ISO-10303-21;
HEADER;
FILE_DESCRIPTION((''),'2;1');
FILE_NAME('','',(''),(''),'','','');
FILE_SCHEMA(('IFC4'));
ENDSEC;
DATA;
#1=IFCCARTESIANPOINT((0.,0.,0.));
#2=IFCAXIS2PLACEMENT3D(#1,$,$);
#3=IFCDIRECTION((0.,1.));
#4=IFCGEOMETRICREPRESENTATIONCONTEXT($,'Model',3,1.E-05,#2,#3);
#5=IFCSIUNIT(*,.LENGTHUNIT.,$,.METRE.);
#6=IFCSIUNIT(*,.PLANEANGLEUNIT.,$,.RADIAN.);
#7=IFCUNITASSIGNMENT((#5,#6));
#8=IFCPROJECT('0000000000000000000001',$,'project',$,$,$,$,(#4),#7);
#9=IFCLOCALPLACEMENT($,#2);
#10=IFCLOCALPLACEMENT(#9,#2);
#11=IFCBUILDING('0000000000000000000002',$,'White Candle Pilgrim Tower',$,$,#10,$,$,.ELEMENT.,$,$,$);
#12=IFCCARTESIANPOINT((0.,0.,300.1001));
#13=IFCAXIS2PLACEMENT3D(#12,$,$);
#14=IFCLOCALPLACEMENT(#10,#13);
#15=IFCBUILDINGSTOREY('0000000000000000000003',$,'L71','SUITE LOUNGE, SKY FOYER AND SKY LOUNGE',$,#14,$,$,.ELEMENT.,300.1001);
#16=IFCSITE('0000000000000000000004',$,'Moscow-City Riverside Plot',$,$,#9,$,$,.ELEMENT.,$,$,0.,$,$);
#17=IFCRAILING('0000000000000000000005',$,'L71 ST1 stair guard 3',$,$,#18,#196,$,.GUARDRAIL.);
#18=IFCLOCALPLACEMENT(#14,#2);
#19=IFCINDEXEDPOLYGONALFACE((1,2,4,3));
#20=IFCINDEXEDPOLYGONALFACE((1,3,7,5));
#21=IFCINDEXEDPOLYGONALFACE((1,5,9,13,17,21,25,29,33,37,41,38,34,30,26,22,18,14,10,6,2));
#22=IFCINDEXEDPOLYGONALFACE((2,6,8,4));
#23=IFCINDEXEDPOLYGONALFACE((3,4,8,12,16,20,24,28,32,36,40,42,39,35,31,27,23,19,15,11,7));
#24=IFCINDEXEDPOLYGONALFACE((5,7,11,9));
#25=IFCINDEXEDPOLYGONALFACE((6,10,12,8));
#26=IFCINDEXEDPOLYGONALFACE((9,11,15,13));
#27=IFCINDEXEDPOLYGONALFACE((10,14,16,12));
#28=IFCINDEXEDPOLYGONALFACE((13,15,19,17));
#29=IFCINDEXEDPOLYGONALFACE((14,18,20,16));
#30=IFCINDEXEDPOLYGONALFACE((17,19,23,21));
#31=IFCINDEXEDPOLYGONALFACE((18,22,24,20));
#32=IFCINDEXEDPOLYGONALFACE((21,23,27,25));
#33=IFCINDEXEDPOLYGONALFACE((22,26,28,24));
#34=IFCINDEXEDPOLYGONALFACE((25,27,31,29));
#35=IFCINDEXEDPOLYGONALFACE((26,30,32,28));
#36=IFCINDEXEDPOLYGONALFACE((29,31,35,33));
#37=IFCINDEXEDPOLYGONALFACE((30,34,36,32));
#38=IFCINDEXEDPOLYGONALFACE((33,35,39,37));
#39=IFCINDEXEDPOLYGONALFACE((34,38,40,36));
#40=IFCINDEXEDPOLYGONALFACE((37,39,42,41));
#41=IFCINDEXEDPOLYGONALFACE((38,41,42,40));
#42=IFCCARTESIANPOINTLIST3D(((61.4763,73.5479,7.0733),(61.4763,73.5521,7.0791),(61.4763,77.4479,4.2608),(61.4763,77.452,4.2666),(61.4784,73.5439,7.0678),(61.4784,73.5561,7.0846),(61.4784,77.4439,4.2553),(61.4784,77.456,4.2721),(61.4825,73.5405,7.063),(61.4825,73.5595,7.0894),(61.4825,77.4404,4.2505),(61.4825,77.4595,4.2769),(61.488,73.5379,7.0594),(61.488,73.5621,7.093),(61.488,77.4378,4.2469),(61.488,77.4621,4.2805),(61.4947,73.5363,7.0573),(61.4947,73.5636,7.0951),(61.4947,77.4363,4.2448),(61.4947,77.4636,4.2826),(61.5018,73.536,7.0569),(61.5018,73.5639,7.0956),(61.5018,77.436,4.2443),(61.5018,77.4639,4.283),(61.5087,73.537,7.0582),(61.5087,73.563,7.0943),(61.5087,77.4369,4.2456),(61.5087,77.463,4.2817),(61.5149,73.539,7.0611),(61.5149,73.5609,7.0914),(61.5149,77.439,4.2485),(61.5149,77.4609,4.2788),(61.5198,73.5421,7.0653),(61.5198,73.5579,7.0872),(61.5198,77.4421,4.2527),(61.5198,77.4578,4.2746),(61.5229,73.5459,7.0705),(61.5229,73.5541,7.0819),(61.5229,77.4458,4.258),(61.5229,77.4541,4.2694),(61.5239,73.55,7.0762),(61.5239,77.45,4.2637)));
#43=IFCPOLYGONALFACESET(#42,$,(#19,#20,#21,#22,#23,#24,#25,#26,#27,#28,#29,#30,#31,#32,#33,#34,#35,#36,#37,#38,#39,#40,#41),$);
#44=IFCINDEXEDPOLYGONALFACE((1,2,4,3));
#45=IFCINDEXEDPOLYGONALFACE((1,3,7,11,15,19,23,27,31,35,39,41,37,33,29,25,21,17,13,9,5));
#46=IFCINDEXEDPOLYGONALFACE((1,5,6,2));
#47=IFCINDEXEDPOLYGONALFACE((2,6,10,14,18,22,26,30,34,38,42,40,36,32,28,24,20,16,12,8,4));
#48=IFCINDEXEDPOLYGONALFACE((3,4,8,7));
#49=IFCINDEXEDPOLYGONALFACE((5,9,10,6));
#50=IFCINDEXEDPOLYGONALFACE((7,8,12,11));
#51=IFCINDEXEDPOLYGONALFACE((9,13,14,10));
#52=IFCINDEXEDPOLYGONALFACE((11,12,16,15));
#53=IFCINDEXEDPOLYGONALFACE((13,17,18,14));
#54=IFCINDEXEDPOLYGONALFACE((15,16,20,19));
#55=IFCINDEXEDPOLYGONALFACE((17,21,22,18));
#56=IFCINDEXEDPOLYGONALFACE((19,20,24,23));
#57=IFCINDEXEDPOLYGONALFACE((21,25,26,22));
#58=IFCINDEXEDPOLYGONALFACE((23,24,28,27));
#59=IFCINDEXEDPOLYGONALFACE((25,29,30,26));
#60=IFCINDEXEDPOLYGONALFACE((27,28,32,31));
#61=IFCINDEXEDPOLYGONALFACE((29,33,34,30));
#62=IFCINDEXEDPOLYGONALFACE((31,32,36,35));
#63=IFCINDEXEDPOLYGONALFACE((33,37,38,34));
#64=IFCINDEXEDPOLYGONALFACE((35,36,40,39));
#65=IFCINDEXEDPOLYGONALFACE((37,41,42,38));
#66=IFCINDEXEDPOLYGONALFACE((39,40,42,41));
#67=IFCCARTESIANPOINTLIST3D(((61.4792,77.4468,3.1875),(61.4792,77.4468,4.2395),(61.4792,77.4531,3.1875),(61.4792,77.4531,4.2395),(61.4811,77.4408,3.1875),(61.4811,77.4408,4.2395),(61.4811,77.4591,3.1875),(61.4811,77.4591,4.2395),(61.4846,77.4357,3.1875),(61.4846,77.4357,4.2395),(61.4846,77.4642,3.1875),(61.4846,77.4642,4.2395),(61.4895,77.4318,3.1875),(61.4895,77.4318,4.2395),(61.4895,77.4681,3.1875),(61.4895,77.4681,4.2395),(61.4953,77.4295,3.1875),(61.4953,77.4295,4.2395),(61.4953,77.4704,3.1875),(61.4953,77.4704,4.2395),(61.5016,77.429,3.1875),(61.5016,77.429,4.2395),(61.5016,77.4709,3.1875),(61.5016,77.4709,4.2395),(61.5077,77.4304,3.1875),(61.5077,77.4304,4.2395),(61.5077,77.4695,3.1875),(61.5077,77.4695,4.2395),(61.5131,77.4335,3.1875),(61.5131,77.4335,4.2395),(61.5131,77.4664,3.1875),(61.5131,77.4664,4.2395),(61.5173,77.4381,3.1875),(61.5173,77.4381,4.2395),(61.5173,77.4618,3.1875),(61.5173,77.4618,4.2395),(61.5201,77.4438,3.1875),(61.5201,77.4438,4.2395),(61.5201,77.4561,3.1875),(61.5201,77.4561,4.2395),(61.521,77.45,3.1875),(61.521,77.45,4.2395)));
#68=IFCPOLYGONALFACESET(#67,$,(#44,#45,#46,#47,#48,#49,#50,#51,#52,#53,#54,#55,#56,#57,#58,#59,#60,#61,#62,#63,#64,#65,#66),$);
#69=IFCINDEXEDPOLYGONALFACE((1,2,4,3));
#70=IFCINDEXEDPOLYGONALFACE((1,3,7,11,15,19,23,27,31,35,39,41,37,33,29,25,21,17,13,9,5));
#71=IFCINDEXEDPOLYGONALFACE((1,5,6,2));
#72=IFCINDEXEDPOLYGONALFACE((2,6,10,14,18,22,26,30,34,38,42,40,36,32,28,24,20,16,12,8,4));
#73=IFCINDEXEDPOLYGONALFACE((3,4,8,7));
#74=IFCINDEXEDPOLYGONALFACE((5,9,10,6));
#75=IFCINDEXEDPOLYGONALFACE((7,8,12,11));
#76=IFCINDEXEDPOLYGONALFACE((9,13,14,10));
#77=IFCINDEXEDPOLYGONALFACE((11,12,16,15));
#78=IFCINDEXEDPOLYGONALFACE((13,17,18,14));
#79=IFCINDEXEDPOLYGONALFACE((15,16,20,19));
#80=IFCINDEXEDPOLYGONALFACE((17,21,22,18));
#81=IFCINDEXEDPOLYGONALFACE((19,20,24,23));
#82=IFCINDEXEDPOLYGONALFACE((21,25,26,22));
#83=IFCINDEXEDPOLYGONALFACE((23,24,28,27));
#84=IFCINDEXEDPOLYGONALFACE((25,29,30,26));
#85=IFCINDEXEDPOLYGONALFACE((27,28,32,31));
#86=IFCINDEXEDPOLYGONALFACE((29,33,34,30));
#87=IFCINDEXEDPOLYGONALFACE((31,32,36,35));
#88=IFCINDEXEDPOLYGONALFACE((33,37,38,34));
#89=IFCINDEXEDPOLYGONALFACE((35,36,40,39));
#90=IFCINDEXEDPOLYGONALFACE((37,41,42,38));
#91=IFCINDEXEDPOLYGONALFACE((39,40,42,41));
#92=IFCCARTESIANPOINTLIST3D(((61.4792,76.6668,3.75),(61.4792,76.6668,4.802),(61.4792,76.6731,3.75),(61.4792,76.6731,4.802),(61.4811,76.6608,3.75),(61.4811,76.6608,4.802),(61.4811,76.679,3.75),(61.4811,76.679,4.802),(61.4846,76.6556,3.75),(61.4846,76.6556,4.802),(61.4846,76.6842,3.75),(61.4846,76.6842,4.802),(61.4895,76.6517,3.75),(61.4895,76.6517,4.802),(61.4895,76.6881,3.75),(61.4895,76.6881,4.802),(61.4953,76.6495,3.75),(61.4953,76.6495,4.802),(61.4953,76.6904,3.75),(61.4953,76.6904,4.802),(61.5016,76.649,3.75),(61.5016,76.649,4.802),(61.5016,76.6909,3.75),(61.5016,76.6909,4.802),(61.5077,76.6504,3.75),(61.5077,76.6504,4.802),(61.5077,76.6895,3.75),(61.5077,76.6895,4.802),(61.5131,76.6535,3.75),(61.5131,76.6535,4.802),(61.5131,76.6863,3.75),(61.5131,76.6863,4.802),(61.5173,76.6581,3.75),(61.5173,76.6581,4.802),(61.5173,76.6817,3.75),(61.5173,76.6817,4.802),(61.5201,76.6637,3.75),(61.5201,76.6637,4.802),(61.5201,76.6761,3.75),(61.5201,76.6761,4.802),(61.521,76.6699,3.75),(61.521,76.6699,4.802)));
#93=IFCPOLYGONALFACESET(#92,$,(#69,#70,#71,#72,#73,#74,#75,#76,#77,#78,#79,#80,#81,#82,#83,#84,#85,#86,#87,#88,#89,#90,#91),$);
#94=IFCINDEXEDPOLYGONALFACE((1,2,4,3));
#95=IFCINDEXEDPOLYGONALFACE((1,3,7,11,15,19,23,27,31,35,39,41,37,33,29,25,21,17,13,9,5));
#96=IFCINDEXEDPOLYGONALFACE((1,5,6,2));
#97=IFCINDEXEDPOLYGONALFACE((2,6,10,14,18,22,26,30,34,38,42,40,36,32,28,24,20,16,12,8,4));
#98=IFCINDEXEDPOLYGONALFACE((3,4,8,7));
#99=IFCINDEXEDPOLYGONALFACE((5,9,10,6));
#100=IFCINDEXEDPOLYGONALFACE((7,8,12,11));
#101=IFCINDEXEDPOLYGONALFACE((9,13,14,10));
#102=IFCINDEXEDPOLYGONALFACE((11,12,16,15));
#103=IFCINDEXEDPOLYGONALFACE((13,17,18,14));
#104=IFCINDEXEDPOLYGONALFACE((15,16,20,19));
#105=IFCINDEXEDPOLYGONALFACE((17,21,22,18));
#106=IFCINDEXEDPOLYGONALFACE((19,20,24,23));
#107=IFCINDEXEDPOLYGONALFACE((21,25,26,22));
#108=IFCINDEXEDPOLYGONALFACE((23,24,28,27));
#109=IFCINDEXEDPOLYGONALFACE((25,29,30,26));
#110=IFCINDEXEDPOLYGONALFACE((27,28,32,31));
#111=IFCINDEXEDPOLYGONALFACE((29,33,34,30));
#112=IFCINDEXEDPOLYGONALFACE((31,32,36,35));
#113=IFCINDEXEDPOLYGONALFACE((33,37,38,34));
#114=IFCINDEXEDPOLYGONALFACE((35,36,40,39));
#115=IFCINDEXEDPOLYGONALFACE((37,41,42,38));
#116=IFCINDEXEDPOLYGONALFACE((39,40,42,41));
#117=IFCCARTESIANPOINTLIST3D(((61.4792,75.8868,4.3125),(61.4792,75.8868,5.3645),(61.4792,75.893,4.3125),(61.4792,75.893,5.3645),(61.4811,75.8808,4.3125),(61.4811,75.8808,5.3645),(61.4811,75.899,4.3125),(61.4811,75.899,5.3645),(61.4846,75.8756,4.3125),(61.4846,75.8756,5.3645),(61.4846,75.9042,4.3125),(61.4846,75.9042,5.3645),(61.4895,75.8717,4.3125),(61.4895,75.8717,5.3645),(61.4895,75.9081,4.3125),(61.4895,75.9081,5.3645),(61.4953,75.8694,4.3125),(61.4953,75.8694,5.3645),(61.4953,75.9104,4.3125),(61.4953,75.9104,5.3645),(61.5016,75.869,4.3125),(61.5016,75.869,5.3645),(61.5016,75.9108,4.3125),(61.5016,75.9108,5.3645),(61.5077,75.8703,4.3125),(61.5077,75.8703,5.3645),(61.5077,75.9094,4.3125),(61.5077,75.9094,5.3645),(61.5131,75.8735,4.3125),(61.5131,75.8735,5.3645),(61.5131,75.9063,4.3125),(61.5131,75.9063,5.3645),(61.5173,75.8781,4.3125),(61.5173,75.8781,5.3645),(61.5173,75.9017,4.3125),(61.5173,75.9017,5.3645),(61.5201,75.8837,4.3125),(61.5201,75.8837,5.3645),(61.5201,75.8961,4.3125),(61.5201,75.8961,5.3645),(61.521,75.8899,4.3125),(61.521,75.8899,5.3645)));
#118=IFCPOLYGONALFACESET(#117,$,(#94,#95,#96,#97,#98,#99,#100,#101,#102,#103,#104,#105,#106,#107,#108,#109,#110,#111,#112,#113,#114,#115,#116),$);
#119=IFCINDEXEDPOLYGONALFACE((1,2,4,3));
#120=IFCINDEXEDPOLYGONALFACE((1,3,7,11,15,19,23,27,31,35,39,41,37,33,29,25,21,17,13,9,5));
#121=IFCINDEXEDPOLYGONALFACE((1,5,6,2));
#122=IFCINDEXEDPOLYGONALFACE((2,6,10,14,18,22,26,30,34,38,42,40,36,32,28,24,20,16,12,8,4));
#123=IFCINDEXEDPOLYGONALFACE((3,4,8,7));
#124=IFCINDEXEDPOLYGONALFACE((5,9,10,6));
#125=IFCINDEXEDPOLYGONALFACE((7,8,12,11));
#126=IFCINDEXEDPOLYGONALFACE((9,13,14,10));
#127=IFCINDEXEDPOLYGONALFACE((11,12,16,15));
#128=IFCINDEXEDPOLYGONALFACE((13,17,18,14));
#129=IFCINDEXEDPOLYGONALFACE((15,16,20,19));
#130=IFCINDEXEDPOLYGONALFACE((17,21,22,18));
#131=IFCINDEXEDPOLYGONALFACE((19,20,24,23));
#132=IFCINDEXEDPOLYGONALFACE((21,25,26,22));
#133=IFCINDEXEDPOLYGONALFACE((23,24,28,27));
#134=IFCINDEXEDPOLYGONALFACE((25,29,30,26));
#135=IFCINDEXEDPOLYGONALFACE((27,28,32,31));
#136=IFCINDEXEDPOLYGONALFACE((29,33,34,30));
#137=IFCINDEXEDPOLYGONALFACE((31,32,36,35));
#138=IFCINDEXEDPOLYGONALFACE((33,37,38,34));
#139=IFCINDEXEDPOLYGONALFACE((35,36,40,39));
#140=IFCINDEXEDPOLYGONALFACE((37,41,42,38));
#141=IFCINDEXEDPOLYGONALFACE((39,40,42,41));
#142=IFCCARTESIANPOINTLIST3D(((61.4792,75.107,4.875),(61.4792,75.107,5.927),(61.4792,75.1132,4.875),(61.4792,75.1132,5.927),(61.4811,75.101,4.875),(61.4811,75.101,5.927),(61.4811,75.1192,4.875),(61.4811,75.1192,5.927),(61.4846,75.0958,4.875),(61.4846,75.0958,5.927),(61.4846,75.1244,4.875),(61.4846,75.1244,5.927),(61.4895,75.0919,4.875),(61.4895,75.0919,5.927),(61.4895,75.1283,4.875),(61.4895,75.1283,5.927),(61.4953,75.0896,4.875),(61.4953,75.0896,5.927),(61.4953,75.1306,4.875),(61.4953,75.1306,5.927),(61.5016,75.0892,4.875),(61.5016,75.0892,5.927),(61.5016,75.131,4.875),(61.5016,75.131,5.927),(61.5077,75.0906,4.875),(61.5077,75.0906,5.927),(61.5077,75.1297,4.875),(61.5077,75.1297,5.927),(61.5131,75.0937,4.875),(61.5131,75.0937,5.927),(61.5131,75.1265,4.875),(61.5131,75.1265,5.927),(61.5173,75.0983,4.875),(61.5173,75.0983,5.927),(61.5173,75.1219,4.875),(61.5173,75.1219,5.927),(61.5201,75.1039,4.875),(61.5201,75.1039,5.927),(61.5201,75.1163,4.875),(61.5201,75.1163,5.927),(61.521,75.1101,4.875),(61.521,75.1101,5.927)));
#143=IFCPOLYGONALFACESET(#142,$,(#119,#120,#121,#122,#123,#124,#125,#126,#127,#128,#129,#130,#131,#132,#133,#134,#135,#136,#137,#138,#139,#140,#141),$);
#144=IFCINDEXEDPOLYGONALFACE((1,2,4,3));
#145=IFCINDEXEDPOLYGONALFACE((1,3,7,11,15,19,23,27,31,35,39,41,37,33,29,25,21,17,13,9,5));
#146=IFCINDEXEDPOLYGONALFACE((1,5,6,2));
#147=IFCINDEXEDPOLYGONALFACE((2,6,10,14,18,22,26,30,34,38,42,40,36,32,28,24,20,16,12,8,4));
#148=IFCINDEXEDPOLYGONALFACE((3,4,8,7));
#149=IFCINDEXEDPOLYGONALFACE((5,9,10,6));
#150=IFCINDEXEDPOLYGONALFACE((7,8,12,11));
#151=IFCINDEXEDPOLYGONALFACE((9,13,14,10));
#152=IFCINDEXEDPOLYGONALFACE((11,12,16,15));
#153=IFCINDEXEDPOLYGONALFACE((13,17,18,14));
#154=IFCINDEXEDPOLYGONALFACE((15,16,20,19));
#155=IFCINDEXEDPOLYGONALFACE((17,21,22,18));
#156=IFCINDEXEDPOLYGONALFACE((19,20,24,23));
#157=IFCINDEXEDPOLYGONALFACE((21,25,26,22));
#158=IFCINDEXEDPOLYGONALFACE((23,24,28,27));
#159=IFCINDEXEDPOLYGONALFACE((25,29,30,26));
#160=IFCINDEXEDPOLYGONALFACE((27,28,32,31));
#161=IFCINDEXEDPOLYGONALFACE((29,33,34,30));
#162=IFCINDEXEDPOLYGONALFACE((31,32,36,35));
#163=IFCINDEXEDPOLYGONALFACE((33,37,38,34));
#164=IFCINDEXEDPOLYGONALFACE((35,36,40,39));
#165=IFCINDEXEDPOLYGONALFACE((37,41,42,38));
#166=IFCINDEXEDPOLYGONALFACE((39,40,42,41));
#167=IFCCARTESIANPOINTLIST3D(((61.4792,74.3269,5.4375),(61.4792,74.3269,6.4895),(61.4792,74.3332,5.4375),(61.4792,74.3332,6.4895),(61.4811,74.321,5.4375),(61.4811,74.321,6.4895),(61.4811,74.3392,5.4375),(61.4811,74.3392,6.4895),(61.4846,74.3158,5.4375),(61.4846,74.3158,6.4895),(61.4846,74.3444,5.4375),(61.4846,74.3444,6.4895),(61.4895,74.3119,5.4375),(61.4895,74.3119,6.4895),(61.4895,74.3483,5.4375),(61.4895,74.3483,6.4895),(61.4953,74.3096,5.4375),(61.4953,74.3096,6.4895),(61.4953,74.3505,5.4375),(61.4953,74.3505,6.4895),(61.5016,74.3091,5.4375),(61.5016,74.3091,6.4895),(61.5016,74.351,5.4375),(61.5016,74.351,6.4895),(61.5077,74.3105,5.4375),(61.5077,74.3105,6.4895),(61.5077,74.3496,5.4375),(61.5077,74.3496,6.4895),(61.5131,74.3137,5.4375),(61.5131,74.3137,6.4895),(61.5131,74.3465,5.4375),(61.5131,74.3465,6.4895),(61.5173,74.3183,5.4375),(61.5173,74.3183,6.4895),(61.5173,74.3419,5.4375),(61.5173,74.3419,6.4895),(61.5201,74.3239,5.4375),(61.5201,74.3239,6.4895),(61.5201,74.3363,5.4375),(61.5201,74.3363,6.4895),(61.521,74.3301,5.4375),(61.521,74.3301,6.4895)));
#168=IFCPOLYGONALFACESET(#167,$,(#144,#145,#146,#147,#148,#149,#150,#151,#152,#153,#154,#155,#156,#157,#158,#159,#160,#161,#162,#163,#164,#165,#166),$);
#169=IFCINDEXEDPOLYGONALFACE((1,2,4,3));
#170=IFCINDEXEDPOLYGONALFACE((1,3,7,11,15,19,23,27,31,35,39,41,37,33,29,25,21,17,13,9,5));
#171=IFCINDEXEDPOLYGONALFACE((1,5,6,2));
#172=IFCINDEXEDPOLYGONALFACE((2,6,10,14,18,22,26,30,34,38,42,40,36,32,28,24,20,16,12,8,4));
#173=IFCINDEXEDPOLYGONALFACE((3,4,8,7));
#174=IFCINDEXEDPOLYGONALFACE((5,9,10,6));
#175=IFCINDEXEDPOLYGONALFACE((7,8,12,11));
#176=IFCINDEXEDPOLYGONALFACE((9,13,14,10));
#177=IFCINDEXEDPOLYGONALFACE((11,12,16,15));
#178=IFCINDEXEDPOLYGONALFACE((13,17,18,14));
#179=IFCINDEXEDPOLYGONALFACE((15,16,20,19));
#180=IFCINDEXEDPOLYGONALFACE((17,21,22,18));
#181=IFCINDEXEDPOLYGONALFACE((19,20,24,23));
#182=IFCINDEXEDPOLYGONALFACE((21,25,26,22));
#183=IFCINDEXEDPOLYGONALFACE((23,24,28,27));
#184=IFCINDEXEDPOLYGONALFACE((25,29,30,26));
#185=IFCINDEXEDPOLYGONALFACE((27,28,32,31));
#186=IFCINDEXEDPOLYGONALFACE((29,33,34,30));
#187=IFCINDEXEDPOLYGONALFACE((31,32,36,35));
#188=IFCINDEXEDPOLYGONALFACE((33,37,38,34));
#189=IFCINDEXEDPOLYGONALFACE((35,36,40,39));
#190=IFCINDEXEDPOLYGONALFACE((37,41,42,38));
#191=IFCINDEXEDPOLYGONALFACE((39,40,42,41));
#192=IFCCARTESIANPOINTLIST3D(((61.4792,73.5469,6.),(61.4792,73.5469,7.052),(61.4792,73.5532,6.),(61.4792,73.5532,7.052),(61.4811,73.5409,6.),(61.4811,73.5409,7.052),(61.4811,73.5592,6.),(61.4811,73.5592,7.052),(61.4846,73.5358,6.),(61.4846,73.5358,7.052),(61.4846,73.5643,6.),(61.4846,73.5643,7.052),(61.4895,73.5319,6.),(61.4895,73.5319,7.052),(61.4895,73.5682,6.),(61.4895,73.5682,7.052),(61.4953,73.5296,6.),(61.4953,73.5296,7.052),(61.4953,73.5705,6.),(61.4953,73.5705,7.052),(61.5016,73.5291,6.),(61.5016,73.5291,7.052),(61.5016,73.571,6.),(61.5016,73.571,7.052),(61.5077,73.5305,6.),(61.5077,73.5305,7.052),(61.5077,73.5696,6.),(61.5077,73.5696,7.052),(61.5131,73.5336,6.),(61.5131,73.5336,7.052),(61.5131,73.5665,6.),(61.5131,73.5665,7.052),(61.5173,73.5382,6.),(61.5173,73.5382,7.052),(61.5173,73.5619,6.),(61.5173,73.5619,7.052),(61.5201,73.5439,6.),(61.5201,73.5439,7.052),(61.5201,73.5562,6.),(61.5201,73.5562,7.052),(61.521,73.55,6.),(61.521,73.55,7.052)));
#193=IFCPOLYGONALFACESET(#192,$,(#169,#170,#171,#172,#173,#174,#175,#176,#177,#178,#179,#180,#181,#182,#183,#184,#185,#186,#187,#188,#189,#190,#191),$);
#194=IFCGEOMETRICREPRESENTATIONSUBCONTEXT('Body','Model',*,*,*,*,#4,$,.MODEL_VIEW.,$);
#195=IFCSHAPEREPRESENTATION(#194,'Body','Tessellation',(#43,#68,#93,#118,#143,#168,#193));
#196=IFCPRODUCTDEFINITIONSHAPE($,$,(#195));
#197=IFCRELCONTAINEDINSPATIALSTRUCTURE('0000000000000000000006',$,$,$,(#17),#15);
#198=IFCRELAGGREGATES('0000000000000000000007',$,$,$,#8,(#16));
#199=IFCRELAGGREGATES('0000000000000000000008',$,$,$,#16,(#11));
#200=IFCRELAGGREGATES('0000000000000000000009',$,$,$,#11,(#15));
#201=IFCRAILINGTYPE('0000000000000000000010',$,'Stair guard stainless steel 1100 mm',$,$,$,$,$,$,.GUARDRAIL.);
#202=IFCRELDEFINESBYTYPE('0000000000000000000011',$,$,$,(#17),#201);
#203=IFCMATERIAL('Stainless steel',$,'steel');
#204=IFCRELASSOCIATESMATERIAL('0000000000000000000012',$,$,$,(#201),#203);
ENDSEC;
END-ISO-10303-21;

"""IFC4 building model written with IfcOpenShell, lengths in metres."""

from ifc_helpers import new_model, si_unit, direction, frame, origin, origin_2d, place, context, subcontext, project, spatial, circle, extrude, material, type_object, element, save


model = new_model("IFC4")

# Units and contexts
model_context = context("Model", 3, precision=1e-05, world=origin(), true_north=direction((0.0, 1.0)))
body_context = subcontext(model_context, "Body", "Model", "MODEL_VIEW")
ifc_project = project(units=[si_unit("LENGTHUNIT", "METRE"), si_unit("PLANEANGLEUNIT", "RADIAN")], contexts=[model_context])

# Site, building, storey
site_placement = place(None, origin())
site = spatial("IfcSite", under=ifc_project, at=site_placement, Name="Moscow-City Riverside Plot", CompositionType="ELEMENT", RefElevation=0.0)
building_placement = place(site_placement, origin())
building = spatial("IfcBuilding", under=site, at=building_placement, Name="White Candle Pilgrim Tower", CompositionType="ELEMENT")
storey_placement = place(building_placement, frame((0.0, 0.0, 300.1001)))
storey = spatial("IfcBuildingStorey", under=building, at=storey_placement, Name="L71", Description="SUITE LOUNGE, SKY FOYER AND SKY LOUNGE", CompositionType="ELEMENT", Elevation=300.1001)

# Railing
ifc_material_1 = material(Name="Stainless steel", Category="steel")
railing_type_1 = type_object("IfcRailingType", Name="Stair guard stainless steel 1100 mm", PredefinedType="GUARDRAIL", material=ifc_material_1)
railing_1_placement = place(storey_placement, frame((61.5, 77.45, 3.1875)))
element("IfcRailing", 1, at=railing_1_placement, inside=storey, type_object=railing_type_1, Name="L71 ST1 stair guard 3", PredefinedType="GUARDRAIL", context=body_context, shape_type="SweptSolid", body=[
    extrude(circle(Radius=0.0239, at=origin_2d()), frame((0.0, 0.0, 1.0762), z_axis=(0.0, -0.811083, 0.584931), x_axis=(1.0, 0.0, 0.0)), (0.0, 0.0, 1.0), 4.8083),
    extrude(circle(Radius=0.021, at=origin_2d()), origin(), (0.0, 0.0, 1.0), 1.052),
    extrude(circle(Radius=0.021, at=origin_2d()), frame((0.0, -0.78, 0.5625)), (0.0, 0.0, 1.0), 1.052),
    extrude(circle(Radius=0.021, at=origin_2d()), frame((0.0, -1.5601, 1.125)), (0.0, 0.0, 1.0), 1.052),
    extrude(circle(Radius=0.021, at=origin_2d()), frame((0.0, -2.3398, 1.6875)), (0.0, 0.0, 1.0), 1.052),
    extrude(circle(Radius=0.021, at=origin_2d()), frame((0.0, -3.1199, 2.25)), (0.0, 0.0, 1.0), 1.052),
    extrude(circle(Radius=0.021, at=origin_2d()), frame((0.0, -3.8999, 2.8125)), (0.0, 0.0, 1.0), 1.052),
])

save(model, "model.ifc")
